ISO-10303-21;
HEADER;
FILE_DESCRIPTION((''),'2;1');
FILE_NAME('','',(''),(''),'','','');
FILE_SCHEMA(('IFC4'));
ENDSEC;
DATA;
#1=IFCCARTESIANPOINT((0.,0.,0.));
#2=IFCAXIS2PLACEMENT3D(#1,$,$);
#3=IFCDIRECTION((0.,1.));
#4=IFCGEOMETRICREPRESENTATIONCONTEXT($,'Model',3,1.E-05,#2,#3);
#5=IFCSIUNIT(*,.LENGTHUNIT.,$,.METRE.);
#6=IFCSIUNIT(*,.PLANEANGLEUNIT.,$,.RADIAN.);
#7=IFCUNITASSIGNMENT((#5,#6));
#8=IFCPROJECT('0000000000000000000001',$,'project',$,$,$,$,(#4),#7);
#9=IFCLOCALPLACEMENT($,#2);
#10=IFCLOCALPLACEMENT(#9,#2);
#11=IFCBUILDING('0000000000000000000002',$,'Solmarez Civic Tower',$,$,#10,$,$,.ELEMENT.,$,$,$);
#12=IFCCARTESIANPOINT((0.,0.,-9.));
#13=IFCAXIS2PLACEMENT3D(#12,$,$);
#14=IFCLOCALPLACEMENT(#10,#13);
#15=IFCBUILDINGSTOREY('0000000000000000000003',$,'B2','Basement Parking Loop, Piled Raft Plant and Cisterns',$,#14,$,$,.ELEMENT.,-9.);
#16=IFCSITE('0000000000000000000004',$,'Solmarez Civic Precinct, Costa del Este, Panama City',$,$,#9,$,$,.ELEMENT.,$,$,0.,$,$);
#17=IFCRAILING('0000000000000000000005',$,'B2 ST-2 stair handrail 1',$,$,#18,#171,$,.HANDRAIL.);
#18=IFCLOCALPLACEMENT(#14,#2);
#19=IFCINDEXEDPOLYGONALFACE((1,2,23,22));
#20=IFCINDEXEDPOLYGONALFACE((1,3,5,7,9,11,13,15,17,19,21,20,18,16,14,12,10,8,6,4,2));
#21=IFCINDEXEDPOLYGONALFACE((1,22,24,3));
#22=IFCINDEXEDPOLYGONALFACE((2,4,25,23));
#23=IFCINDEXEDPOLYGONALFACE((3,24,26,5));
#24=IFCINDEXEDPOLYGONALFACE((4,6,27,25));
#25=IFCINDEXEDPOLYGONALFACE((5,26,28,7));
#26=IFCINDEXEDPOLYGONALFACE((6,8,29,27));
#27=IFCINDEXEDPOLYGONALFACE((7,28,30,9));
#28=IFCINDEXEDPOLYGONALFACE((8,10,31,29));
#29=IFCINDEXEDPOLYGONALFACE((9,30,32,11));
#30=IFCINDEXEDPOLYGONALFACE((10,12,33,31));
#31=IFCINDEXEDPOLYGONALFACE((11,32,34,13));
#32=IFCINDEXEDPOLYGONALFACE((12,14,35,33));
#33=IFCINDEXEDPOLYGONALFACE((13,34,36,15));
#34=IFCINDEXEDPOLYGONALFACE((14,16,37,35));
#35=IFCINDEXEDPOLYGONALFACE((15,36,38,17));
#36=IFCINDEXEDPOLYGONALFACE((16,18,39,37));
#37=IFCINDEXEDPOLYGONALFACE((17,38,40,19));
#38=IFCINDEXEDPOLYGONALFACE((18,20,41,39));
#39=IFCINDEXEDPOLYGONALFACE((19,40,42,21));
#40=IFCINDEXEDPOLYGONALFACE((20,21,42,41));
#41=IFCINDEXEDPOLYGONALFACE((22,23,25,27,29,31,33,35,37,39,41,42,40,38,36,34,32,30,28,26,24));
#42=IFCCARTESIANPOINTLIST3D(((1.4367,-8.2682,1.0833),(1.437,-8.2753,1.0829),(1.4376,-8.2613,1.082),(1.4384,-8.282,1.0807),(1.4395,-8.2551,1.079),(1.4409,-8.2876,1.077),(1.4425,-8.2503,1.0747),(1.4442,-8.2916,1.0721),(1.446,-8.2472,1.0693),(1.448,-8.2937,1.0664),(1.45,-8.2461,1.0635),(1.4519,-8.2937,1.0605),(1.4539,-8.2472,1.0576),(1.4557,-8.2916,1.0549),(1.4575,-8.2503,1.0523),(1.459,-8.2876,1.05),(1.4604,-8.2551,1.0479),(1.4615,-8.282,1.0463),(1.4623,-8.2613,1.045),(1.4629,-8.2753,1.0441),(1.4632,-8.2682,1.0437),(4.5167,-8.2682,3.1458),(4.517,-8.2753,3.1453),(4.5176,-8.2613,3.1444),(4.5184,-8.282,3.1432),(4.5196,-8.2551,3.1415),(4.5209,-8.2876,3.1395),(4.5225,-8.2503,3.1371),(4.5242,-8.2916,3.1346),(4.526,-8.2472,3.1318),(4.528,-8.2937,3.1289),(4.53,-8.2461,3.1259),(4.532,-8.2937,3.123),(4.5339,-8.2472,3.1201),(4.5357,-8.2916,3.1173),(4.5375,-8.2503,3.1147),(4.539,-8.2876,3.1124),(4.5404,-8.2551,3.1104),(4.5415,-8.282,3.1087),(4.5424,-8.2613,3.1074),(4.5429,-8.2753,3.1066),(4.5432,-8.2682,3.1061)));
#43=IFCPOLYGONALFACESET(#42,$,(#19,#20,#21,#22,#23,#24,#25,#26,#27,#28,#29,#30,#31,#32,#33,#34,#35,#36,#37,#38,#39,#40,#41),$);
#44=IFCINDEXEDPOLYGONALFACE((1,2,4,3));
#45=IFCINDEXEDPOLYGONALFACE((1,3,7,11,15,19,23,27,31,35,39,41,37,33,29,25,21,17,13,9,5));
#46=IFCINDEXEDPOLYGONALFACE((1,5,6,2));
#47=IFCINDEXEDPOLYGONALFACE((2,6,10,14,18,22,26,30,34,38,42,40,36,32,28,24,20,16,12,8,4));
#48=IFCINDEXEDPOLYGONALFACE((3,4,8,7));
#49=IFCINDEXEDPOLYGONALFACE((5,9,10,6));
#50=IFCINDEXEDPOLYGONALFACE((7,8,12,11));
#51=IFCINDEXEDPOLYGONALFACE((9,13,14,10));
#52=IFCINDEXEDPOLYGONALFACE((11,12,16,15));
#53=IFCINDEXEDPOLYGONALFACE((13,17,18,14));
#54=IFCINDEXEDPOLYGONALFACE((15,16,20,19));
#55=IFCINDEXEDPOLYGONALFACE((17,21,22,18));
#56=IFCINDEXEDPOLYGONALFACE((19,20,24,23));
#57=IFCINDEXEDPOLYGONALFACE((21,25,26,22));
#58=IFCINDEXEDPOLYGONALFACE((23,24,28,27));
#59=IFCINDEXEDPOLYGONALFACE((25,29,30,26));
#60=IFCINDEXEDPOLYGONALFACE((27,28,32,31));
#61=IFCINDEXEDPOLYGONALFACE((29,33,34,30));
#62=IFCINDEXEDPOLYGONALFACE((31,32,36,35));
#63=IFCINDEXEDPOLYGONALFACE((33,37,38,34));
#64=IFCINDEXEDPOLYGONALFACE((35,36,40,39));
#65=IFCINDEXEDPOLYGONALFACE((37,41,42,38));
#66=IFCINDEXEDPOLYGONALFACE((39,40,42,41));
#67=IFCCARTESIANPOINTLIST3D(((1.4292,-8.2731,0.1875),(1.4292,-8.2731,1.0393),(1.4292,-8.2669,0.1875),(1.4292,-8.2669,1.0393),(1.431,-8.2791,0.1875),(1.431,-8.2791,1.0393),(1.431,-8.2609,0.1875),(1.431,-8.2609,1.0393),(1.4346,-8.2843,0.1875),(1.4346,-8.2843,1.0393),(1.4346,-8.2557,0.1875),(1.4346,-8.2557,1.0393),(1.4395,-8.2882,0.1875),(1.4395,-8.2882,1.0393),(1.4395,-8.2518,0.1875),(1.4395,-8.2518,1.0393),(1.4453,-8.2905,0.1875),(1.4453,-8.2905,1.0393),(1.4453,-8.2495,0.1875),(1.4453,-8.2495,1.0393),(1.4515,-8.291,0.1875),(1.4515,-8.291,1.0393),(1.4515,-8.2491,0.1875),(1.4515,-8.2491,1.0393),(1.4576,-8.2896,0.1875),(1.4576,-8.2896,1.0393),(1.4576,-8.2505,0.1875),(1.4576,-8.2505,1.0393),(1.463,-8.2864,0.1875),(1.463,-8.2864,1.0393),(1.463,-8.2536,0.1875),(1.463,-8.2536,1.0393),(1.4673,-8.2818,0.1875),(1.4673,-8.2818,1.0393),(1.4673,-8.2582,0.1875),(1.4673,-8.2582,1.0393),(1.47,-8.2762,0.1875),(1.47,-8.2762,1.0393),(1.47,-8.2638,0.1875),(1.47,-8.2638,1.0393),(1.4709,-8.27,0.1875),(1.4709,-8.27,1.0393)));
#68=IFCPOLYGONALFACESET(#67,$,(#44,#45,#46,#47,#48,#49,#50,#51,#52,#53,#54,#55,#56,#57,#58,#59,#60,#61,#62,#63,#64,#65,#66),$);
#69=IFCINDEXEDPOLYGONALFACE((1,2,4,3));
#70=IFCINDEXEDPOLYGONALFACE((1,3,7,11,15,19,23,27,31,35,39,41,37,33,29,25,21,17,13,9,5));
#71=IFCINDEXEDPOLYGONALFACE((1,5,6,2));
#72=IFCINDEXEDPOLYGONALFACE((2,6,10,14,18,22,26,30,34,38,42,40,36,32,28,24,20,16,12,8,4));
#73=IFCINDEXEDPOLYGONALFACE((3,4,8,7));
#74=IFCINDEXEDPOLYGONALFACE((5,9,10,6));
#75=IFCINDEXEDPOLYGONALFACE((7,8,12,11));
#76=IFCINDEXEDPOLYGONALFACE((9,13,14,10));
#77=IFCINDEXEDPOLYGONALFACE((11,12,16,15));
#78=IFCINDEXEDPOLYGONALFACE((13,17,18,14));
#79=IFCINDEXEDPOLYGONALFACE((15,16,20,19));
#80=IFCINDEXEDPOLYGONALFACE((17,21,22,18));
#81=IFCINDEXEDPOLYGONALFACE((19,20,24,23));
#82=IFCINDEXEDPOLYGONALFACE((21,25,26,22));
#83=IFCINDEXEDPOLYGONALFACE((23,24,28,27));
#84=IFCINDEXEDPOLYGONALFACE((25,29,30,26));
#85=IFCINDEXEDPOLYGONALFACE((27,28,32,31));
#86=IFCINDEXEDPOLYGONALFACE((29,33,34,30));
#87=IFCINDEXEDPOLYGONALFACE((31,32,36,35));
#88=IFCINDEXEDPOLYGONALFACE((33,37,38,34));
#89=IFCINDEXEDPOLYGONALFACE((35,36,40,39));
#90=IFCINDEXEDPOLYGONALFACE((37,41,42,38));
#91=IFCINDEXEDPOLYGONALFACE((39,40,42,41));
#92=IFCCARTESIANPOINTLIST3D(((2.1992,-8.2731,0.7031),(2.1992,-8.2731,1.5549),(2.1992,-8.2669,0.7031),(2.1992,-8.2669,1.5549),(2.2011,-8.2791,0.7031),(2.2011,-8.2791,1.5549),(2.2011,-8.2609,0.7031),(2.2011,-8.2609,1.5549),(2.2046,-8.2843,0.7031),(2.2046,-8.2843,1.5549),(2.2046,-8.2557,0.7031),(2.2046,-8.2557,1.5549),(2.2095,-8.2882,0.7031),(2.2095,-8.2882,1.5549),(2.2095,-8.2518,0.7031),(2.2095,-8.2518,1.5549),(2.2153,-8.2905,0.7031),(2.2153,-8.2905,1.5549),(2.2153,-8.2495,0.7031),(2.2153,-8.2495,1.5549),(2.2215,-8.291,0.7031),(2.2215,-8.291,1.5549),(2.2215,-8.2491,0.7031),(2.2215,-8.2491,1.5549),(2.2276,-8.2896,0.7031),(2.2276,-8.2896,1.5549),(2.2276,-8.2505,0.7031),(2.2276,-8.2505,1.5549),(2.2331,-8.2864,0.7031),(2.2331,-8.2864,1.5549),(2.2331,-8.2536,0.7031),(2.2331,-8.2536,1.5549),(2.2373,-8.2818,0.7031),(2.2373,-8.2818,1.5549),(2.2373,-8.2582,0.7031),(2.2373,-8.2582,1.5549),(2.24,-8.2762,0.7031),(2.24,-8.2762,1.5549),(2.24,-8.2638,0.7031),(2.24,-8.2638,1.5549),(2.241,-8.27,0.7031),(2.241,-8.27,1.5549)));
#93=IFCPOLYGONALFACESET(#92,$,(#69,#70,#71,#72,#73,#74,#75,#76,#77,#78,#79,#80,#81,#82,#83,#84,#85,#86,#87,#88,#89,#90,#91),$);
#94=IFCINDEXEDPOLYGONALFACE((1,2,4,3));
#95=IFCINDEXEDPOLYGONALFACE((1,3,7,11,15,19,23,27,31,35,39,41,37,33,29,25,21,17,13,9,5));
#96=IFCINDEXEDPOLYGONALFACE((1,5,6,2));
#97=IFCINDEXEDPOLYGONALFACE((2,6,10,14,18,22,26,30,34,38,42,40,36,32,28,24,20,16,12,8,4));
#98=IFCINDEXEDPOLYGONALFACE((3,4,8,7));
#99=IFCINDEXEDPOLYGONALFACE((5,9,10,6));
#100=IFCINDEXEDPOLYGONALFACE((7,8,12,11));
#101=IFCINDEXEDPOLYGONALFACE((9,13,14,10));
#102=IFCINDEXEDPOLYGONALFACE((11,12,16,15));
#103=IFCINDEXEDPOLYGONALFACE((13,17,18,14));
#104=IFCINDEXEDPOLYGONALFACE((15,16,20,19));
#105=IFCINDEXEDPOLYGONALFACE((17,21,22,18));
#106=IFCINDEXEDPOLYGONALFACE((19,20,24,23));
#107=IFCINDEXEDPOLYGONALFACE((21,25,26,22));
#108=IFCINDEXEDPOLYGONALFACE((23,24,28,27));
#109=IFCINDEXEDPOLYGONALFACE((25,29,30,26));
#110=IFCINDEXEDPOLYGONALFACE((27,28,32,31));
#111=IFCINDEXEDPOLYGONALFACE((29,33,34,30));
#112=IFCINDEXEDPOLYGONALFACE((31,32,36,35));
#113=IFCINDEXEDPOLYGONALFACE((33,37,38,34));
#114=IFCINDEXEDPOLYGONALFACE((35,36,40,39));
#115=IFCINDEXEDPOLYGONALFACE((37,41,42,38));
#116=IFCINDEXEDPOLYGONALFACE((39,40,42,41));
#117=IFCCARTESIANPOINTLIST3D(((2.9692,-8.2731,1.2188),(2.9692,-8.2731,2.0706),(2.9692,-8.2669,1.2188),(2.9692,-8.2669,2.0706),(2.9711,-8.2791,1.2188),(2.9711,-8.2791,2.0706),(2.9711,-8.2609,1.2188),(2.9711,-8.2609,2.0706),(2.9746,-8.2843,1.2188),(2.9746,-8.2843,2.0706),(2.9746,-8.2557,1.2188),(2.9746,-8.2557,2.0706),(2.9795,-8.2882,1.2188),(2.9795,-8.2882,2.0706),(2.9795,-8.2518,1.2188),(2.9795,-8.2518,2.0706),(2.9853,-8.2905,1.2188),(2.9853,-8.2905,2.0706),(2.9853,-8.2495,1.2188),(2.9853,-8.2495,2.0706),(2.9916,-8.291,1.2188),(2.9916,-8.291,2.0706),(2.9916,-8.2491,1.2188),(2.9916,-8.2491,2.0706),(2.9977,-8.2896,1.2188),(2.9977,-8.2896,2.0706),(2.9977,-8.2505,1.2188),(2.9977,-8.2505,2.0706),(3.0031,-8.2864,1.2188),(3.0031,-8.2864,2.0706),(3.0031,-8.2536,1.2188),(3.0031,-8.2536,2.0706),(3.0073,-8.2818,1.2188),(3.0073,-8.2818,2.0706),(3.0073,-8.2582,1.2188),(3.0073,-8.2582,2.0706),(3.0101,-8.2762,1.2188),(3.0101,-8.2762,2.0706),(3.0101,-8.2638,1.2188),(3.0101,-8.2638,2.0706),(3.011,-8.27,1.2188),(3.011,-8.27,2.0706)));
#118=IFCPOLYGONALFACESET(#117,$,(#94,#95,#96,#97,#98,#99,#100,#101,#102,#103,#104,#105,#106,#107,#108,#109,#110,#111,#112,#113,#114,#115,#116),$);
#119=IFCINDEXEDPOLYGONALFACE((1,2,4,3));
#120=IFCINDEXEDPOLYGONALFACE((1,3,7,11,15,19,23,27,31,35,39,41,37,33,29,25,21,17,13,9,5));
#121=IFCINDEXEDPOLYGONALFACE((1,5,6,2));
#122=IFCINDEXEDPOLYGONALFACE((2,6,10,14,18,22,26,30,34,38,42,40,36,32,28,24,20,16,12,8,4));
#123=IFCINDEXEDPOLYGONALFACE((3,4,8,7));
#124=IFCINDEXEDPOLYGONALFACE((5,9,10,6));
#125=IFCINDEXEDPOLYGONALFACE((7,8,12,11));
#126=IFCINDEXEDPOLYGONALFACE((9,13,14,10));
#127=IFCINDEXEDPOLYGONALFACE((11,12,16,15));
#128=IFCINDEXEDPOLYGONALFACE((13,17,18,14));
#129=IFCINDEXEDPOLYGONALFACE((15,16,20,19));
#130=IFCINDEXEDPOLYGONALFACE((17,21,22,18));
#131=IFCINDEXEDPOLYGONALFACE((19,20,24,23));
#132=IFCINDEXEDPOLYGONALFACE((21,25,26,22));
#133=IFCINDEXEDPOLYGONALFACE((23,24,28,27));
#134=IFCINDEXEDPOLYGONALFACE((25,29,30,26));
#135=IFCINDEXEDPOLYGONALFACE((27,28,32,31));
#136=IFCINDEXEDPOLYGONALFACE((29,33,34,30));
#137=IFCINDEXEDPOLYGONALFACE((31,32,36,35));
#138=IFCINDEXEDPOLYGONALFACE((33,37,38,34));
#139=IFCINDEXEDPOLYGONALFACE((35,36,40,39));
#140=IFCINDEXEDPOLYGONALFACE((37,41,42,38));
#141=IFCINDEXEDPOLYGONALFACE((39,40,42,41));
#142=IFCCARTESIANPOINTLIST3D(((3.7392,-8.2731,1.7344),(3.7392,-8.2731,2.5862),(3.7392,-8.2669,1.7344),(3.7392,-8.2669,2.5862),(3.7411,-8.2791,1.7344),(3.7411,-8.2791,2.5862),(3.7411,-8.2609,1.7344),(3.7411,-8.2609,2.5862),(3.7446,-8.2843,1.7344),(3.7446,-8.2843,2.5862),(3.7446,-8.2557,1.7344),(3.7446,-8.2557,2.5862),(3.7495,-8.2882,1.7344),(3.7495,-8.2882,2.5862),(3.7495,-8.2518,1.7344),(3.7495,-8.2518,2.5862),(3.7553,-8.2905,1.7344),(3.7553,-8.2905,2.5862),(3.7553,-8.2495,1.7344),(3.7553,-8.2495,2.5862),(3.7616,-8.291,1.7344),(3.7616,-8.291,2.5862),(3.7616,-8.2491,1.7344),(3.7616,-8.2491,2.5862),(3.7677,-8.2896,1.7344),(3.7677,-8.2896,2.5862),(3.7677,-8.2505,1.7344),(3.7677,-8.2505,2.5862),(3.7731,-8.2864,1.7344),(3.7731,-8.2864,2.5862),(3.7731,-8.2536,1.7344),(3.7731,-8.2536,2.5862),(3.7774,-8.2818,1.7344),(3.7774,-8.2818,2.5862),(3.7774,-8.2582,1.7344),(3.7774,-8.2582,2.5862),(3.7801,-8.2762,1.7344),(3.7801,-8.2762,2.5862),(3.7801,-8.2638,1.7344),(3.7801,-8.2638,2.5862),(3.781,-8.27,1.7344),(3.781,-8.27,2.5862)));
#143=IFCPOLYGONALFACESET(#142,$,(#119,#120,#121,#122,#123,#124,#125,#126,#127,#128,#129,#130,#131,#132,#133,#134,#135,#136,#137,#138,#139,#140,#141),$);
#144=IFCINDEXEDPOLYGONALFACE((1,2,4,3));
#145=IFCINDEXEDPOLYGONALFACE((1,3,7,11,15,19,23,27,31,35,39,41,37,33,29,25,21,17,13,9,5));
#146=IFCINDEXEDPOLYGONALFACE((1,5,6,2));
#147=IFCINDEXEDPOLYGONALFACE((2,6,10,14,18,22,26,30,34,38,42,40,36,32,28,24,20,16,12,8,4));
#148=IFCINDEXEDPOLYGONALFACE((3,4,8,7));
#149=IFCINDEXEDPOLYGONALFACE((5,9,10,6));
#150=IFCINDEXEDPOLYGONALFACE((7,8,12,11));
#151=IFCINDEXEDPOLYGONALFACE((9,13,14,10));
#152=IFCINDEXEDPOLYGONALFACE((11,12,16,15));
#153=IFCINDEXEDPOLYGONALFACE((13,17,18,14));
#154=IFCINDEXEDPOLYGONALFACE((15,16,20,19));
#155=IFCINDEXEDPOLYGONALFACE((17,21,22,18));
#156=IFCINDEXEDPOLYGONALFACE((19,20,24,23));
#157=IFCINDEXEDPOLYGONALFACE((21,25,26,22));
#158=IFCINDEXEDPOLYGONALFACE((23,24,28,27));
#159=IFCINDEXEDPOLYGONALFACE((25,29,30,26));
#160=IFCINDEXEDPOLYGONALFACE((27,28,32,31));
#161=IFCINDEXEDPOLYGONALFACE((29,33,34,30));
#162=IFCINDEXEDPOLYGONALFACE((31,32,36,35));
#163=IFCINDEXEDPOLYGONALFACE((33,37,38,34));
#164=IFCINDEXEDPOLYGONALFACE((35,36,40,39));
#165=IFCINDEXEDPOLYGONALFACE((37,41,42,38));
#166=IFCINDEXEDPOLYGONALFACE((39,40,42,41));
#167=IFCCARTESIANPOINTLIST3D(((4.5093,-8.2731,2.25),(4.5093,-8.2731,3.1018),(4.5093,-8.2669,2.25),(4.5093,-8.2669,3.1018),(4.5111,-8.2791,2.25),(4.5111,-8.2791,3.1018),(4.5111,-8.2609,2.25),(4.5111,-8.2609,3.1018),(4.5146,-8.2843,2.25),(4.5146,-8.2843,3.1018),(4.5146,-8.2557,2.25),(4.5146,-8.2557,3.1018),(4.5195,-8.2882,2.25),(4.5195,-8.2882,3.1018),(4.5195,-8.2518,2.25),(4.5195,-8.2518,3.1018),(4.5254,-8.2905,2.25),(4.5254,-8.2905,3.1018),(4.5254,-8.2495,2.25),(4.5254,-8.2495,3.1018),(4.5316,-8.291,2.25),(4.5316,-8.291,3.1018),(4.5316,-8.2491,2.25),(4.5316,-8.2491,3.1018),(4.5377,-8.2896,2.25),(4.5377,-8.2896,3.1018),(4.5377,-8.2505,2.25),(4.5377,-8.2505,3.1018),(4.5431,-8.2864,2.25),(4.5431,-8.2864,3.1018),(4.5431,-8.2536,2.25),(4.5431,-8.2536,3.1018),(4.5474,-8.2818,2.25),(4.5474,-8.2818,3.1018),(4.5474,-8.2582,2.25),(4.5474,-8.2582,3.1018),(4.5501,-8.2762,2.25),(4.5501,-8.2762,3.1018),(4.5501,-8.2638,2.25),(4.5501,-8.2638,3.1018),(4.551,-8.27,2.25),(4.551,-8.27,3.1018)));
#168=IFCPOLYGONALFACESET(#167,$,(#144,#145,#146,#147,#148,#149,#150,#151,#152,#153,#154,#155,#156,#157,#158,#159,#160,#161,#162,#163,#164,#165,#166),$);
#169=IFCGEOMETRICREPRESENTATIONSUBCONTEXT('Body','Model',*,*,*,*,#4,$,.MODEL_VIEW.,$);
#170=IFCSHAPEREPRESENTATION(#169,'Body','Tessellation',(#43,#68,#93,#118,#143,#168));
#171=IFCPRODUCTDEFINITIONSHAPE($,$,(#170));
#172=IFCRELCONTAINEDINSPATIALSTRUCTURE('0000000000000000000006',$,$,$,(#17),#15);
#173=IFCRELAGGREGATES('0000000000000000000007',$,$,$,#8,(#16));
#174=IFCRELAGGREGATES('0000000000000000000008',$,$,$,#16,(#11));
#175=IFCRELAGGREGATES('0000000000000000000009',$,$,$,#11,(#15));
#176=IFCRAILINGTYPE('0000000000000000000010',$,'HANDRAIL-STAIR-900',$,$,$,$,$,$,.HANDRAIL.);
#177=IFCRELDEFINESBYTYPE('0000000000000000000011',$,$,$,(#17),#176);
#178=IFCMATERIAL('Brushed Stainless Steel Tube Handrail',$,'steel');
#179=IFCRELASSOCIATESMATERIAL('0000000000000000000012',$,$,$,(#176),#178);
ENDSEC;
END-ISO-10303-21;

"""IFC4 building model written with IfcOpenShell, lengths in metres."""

from ifc_helpers import new_model, si_unit, direction, frame, origin, origin_2d, place, context, subcontext, project, spatial, circle, extrude, material, type_object, element, save


model = new_model("IFC4")

# Units and contexts
model_context = context("Model", 3, precision=1e-05, world=origin(), true_north=direction((0.0, 1.0)))
body_context = subcontext(model_context, "Body", "Model", "MODEL_VIEW")
ifc_project = project(units=[si_unit("LENGTHUNIT", "METRE"), si_unit("PLANEANGLEUNIT", "RADIAN")], contexts=[model_context])

# Site, building, storey
site_placement = place(None, origin())
site = spatial("IfcSite", under=ifc_project, at=site_placement, Name="Solmarez Civic Precinct, Costa del Este, Panama City", CompositionType="ELEMENT", RefElevation=0.0)
building_placement = place(site_placement, origin())
building = spatial("IfcBuilding", under=site, at=building_placement, Name="Solmarez Civic Tower", CompositionType="ELEMENT")
storey_placement = place(building_placement, frame((0.0, 0.0, -9.0)))
storey = spatial("IfcBuildingStorey", under=building, at=storey_placement, Name="B2", Description="Basement Parking Loop, Piled Raft Plant and Cisterns", CompositionType="ELEMENT", Elevation=-9.0)

# Railing
ifc_material_1 = material(Name="Brushed Stainless Steel Tube Handrail", Category="steel")
railing_type_1 = type_object("IfcRailingType", Name="HANDRAIL-STAIR-900", PredefinedType="HANDRAIL", material=ifc_material_1)
railing_1_placement = place(storey_placement, frame((1.45, -8.27, 0.1875)))
element("IfcRailing", 1, at=railing_1_placement, inside=storey, type_object=railing_type_1, Name="B2 ST-2 stair handrail 1", PredefinedType="HANDRAIL", context=body_context, shape_type="SweptSolid", body=[
    extrude(circle(Radius=0.0239, at=origin_2d()), frame((0.0, 0.0, 0.876), z_axis=(0.830914, 0.0, 0.556401), x_axis=(0.0, 1.0, 0.0)), (0.0, 0.0, 1.0), 3.7068),
    extrude(circle(Radius=0.021, at=origin_2d()), origin(), (0.0, 0.0, 1.0), 0.8518),
    extrude(circle(Radius=0.021, at=origin_2d()), frame((0.77, 0.0, 0.5156)), (0.0, 0.0, 1.0), 0.8518),
    extrude(circle(Radius=0.021, at=origin_2d()), frame((1.54, 0.0, 1.0312)), (0.0, 0.0, 1.0), 0.8518),
    extrude(circle(Radius=0.021, at=origin_2d()), frame((2.3101, 0.0, 1.5469)), (0.0, 0.0, 1.0), 0.8518),
    extrude(circle(Radius=0.021, at=origin_2d()), frame((3.0801, 0.0, 2.0625)), (0.0, 0.0, 1.0), 0.8518),
])

save(model, "model.ifc")
